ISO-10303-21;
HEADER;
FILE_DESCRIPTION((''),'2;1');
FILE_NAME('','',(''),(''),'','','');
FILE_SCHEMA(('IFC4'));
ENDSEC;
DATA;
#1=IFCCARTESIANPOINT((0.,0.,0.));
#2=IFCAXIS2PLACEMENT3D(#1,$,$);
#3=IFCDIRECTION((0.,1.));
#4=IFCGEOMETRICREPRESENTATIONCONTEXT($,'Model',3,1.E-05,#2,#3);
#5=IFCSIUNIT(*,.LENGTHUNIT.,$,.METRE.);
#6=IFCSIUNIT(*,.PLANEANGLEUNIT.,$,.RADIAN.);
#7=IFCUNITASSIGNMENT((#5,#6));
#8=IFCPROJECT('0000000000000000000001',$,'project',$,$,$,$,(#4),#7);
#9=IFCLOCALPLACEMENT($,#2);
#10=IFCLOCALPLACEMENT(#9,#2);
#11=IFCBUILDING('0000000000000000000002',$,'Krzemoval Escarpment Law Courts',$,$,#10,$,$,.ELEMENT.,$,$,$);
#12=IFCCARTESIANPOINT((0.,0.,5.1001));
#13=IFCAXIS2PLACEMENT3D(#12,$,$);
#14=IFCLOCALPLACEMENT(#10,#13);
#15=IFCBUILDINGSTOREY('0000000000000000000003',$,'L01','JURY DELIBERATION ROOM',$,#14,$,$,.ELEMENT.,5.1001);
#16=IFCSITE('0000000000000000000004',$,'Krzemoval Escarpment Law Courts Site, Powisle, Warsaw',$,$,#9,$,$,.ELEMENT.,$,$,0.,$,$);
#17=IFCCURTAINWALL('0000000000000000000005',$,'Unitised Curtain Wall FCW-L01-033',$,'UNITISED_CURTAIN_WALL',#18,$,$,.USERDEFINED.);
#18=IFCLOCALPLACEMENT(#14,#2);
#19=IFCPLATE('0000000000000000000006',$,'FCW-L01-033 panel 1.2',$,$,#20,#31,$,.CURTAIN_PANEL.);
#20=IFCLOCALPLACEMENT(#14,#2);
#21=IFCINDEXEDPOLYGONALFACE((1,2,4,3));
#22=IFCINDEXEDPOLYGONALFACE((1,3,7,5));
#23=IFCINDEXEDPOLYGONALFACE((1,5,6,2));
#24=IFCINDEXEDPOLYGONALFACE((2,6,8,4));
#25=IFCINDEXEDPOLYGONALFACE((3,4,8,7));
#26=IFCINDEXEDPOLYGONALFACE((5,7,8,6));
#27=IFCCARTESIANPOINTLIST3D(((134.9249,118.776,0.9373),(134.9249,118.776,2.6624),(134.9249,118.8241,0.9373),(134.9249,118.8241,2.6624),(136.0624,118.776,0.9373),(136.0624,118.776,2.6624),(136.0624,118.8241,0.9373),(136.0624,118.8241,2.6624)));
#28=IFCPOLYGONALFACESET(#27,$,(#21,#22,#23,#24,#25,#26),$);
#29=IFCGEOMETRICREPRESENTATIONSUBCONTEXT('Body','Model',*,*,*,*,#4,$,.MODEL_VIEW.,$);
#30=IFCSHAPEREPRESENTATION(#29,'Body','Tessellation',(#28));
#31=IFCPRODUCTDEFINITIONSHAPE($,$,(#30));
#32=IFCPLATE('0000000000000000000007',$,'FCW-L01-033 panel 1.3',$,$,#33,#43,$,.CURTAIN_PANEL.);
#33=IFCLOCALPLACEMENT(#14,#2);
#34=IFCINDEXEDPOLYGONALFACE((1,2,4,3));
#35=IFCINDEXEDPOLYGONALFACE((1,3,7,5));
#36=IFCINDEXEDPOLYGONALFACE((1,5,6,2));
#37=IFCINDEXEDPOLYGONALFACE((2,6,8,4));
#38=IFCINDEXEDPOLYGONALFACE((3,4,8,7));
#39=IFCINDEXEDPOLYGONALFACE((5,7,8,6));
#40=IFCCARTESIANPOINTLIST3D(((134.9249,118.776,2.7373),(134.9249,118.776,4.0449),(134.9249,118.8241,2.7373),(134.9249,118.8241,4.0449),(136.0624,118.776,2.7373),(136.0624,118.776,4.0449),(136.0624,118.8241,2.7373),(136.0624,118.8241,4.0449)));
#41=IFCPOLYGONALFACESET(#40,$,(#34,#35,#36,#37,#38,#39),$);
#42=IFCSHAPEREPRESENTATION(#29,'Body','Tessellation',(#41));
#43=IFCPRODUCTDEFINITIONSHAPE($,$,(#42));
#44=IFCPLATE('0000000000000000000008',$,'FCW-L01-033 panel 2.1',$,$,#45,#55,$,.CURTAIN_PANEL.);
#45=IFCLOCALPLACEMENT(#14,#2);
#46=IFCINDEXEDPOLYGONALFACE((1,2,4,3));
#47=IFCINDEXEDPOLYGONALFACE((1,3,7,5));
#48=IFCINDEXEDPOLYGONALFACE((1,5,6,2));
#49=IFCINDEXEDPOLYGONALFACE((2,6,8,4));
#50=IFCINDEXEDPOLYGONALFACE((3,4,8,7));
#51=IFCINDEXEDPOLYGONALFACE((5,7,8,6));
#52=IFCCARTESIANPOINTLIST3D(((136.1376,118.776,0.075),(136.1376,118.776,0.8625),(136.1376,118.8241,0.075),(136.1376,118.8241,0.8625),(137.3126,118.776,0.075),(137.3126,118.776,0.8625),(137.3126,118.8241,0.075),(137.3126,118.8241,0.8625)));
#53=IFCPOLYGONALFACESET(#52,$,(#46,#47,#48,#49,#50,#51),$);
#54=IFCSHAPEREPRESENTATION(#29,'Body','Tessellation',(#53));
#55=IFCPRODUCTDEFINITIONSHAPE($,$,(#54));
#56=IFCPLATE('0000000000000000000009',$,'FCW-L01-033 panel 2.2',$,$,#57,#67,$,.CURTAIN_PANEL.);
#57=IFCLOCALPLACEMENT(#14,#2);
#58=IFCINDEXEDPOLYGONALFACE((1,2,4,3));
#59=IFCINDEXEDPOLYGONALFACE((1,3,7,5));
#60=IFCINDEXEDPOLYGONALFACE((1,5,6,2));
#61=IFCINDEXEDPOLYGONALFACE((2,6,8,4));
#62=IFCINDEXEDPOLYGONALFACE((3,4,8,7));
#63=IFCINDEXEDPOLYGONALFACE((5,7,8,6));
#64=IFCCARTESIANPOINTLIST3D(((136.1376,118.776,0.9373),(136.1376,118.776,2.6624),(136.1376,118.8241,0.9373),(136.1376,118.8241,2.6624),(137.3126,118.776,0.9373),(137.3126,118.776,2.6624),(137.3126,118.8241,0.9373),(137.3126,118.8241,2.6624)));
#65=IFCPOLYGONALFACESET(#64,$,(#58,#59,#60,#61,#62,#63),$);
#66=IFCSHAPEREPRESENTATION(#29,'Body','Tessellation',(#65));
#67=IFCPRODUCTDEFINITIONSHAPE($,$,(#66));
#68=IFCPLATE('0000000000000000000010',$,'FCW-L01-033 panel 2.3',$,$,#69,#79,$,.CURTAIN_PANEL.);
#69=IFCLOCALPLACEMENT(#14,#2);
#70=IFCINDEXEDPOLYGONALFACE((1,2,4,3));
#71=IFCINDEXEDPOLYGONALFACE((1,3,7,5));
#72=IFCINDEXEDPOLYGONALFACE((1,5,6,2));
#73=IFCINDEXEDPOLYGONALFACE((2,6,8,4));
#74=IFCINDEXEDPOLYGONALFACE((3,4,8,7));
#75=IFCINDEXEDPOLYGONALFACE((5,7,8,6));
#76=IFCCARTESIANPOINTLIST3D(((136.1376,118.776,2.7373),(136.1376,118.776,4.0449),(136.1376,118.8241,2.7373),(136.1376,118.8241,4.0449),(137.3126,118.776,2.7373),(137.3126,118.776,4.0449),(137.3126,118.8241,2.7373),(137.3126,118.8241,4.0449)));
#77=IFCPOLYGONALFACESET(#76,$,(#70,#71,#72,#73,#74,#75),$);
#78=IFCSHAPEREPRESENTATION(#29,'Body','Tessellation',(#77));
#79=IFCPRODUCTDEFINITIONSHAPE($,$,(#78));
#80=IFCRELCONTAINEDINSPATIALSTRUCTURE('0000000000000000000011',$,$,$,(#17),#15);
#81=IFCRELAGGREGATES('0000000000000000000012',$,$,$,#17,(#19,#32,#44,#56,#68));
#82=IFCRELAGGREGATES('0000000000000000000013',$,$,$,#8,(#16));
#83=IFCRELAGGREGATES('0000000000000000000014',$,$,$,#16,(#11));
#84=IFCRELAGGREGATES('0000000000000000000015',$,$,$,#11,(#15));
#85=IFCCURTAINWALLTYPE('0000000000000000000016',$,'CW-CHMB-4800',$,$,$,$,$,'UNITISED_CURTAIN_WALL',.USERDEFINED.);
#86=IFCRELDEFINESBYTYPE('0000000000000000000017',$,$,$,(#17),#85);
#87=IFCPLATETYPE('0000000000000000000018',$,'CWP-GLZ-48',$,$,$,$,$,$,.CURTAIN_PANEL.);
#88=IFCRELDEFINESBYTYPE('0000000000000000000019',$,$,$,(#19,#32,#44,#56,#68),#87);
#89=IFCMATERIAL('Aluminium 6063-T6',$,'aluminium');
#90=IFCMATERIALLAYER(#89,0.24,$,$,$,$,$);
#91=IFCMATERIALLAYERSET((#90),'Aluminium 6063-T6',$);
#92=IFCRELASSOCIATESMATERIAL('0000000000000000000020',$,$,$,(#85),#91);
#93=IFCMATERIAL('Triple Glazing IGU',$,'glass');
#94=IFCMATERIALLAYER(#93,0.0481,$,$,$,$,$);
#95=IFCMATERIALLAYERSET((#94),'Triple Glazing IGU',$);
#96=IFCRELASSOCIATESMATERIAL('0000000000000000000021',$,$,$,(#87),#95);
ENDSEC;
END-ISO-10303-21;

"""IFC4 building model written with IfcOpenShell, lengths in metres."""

from ifc_helpers import new_model, si_unit, direction, frame, origin, origin_2d, place, context, subcontext, project, spatial, rectangle, extrude, material, layer, layer_set, type_object, element, aggregate, save


model = new_model("IFC4")

# Units and contexts
model_context = context("Model", 3, precision=1e-05, world=origin(), true_north=direction((0.0, 1.0)))
body_context = subcontext(model_context, "Body", "Model", "MODEL_VIEW")
ifc_project = project(units=[si_unit("LENGTHUNIT", "METRE"), si_unit("PLANEANGLEUNIT", "RADIAN")], contexts=[model_context])

# Site, building, storey
site_placement = place(None, origin())
site = spatial("IfcSite", under=ifc_project, at=site_placement, Name="Krzemoval Escarpment Law Courts Site, Powisle, Warsaw", CompositionType="ELEMENT", RefElevation=0.0)
building_placement = place(site_placement, origin())
building = spatial("IfcBuilding", under=site, at=building_placement, Name="Krzemoval Escarpment Law Courts", CompositionType="ELEMENT")
storey_placement = place(building_placement, frame((0.0, 0.0, 5.1001)))
storey = spatial("IfcBuildingStorey", under=building, at=storey_placement, Name="L01", Description="JURY DELIBERATION ROOM", CompositionType="ELEMENT", Elevation=5.1001)

# Shared definitions
ifc_material_1 = material(Name="Aluminium 6063-T6", Category="aluminium")
ifc_layer_1 = layer(ifc_material_1, 0.24)
ifc_layer_set_1 = layer_set([ifc_layer_1], Name="Aluminium 6063-T6")
curtain_wall_type = type_object("IfcCurtainWallType", Name="CW-CHMB-4800", ElementType="UNITISED_CURTAIN_WALL", PredefinedType="USERDEFINED", material=ifc_layer_set_1)

# Curtain wall
curtain_wall_1_placement = place(storey_placement, origin())
curtain_wall_1 = element("IfcCurtainWall", 1, at=curtain_wall_1_placement, inside=storey, type_object=curtain_wall_type, Name="Unitised Curtain Wall FCW-L01-033", ObjectType="UNITISED_CURTAIN_WALL", PredefinedType="USERDEFINED")

# Plates
ifc_material_2 = material(Name="Triple Glazing IGU", Category="glass")
ifc_layer_2 = layer(ifc_material_2, 0.0481)
ifc_layer_set_2 = layer_set([ifc_layer_2], Name="Triple Glazing IGU")
plate_type = type_object("IfcPlateType", Name="CWP-GLZ-48", PredefinedType="CURTAIN_PANEL", material=ifc_layer_set_2)
plate_1_placement = place(storey_placement, frame((135.4937, 118.8, 0.9373), z_axis=(0.0, 0.0, 1.0), x_axis=(1.0, 0.0, 0.0)))
plate_1 = element("IfcPlate", 2, at=plate_1_placement, type_object=plate_type, Name="FCW-L01-033 panel 1.2", PredefinedType="CURTAIN_PANEL", context=body_context, shape_type="SweptSolid", body=[
    extrude(rectangle(XDim=1.1375, YDim=0.0481, at=origin_2d()), origin(), (0.0, 0.0, 1.0), 1.7251),
])
plate_2_placement = place(storey_placement, frame((135.4937, 118.8, 2.7373), z_axis=(0.0, 0.0, 1.0), x_axis=(1.0, 0.0, 0.0)))
plate_2 = element("IfcPlate", 3, at=plate_2_placement, type_object=plate_type, Name="FCW-L01-033 panel 1.3", PredefinedType="CURTAIN_PANEL", context=body_context, shape_type="SweptSolid", body=[
    extrude(rectangle(XDim=1.1375, YDim=0.0481, at=origin_2d()), origin(), (0.0, 0.0, 1.0), 1.3076),
])
plate_3_placement = place(storey_placement, frame((136.7251, 118.8, 0.075), z_axis=(0.0, 0.0, 1.0), x_axis=(1.0, 0.0, 0.0)))
plate_3 = element("IfcPlate", 4, at=plate_3_placement, type_object=plate_type, Name="FCW-L01-033 panel 2.1", PredefinedType="CURTAIN_PANEL", context=body_context, shape_type="SweptSolid", body=[
    extrude(rectangle(XDim=1.175, YDim=0.0481, at=origin_2d()), origin(), (0.0, 0.0, 1.0), 0.7876),
])
plate_4_placement = place(storey_placement, frame((136.7251, 118.8, 0.9373), z_axis=(0.0, 0.0, 1.0), x_axis=(1.0, 0.0, 0.0)))
plate_4 = element("IfcPlate", 5, at=plate_4_placement, type_object=plate_type, Name="FCW-L01-033 panel 2.2", PredefinedType="CURTAIN_PANEL", context=body_context, shape_type="SweptSolid", body=[
    extrude(rectangle(XDim=1.175, YDim=0.0481, at=origin_2d()), origin(), (0.0, 0.0, 1.0), 1.7251),
])
plate_5_placement = place(storey_placement, frame((136.7251, 118.8, 2.7373), z_axis=(0.0, 0.0, 1.0), x_axis=(1.0, 0.0, 0.0)))
plate_5 = element("IfcPlate", 6, at=plate_5_placement, type_object=plate_type, Name="FCW-L01-033 panel 2.3", PredefinedType="CURTAIN_PANEL", context=body_context, shape_type="SweptSolid", body=[
    extrude(rectangle(XDim=1.175, YDim=0.0481, at=origin_2d()), origin(), (0.0, 0.0, 1.0), 1.3076),
])
aggregate(curtain_wall_1, [plate_1, plate_2, plate_3, plate_4, plate_5])

save(model, "model.ifc")
